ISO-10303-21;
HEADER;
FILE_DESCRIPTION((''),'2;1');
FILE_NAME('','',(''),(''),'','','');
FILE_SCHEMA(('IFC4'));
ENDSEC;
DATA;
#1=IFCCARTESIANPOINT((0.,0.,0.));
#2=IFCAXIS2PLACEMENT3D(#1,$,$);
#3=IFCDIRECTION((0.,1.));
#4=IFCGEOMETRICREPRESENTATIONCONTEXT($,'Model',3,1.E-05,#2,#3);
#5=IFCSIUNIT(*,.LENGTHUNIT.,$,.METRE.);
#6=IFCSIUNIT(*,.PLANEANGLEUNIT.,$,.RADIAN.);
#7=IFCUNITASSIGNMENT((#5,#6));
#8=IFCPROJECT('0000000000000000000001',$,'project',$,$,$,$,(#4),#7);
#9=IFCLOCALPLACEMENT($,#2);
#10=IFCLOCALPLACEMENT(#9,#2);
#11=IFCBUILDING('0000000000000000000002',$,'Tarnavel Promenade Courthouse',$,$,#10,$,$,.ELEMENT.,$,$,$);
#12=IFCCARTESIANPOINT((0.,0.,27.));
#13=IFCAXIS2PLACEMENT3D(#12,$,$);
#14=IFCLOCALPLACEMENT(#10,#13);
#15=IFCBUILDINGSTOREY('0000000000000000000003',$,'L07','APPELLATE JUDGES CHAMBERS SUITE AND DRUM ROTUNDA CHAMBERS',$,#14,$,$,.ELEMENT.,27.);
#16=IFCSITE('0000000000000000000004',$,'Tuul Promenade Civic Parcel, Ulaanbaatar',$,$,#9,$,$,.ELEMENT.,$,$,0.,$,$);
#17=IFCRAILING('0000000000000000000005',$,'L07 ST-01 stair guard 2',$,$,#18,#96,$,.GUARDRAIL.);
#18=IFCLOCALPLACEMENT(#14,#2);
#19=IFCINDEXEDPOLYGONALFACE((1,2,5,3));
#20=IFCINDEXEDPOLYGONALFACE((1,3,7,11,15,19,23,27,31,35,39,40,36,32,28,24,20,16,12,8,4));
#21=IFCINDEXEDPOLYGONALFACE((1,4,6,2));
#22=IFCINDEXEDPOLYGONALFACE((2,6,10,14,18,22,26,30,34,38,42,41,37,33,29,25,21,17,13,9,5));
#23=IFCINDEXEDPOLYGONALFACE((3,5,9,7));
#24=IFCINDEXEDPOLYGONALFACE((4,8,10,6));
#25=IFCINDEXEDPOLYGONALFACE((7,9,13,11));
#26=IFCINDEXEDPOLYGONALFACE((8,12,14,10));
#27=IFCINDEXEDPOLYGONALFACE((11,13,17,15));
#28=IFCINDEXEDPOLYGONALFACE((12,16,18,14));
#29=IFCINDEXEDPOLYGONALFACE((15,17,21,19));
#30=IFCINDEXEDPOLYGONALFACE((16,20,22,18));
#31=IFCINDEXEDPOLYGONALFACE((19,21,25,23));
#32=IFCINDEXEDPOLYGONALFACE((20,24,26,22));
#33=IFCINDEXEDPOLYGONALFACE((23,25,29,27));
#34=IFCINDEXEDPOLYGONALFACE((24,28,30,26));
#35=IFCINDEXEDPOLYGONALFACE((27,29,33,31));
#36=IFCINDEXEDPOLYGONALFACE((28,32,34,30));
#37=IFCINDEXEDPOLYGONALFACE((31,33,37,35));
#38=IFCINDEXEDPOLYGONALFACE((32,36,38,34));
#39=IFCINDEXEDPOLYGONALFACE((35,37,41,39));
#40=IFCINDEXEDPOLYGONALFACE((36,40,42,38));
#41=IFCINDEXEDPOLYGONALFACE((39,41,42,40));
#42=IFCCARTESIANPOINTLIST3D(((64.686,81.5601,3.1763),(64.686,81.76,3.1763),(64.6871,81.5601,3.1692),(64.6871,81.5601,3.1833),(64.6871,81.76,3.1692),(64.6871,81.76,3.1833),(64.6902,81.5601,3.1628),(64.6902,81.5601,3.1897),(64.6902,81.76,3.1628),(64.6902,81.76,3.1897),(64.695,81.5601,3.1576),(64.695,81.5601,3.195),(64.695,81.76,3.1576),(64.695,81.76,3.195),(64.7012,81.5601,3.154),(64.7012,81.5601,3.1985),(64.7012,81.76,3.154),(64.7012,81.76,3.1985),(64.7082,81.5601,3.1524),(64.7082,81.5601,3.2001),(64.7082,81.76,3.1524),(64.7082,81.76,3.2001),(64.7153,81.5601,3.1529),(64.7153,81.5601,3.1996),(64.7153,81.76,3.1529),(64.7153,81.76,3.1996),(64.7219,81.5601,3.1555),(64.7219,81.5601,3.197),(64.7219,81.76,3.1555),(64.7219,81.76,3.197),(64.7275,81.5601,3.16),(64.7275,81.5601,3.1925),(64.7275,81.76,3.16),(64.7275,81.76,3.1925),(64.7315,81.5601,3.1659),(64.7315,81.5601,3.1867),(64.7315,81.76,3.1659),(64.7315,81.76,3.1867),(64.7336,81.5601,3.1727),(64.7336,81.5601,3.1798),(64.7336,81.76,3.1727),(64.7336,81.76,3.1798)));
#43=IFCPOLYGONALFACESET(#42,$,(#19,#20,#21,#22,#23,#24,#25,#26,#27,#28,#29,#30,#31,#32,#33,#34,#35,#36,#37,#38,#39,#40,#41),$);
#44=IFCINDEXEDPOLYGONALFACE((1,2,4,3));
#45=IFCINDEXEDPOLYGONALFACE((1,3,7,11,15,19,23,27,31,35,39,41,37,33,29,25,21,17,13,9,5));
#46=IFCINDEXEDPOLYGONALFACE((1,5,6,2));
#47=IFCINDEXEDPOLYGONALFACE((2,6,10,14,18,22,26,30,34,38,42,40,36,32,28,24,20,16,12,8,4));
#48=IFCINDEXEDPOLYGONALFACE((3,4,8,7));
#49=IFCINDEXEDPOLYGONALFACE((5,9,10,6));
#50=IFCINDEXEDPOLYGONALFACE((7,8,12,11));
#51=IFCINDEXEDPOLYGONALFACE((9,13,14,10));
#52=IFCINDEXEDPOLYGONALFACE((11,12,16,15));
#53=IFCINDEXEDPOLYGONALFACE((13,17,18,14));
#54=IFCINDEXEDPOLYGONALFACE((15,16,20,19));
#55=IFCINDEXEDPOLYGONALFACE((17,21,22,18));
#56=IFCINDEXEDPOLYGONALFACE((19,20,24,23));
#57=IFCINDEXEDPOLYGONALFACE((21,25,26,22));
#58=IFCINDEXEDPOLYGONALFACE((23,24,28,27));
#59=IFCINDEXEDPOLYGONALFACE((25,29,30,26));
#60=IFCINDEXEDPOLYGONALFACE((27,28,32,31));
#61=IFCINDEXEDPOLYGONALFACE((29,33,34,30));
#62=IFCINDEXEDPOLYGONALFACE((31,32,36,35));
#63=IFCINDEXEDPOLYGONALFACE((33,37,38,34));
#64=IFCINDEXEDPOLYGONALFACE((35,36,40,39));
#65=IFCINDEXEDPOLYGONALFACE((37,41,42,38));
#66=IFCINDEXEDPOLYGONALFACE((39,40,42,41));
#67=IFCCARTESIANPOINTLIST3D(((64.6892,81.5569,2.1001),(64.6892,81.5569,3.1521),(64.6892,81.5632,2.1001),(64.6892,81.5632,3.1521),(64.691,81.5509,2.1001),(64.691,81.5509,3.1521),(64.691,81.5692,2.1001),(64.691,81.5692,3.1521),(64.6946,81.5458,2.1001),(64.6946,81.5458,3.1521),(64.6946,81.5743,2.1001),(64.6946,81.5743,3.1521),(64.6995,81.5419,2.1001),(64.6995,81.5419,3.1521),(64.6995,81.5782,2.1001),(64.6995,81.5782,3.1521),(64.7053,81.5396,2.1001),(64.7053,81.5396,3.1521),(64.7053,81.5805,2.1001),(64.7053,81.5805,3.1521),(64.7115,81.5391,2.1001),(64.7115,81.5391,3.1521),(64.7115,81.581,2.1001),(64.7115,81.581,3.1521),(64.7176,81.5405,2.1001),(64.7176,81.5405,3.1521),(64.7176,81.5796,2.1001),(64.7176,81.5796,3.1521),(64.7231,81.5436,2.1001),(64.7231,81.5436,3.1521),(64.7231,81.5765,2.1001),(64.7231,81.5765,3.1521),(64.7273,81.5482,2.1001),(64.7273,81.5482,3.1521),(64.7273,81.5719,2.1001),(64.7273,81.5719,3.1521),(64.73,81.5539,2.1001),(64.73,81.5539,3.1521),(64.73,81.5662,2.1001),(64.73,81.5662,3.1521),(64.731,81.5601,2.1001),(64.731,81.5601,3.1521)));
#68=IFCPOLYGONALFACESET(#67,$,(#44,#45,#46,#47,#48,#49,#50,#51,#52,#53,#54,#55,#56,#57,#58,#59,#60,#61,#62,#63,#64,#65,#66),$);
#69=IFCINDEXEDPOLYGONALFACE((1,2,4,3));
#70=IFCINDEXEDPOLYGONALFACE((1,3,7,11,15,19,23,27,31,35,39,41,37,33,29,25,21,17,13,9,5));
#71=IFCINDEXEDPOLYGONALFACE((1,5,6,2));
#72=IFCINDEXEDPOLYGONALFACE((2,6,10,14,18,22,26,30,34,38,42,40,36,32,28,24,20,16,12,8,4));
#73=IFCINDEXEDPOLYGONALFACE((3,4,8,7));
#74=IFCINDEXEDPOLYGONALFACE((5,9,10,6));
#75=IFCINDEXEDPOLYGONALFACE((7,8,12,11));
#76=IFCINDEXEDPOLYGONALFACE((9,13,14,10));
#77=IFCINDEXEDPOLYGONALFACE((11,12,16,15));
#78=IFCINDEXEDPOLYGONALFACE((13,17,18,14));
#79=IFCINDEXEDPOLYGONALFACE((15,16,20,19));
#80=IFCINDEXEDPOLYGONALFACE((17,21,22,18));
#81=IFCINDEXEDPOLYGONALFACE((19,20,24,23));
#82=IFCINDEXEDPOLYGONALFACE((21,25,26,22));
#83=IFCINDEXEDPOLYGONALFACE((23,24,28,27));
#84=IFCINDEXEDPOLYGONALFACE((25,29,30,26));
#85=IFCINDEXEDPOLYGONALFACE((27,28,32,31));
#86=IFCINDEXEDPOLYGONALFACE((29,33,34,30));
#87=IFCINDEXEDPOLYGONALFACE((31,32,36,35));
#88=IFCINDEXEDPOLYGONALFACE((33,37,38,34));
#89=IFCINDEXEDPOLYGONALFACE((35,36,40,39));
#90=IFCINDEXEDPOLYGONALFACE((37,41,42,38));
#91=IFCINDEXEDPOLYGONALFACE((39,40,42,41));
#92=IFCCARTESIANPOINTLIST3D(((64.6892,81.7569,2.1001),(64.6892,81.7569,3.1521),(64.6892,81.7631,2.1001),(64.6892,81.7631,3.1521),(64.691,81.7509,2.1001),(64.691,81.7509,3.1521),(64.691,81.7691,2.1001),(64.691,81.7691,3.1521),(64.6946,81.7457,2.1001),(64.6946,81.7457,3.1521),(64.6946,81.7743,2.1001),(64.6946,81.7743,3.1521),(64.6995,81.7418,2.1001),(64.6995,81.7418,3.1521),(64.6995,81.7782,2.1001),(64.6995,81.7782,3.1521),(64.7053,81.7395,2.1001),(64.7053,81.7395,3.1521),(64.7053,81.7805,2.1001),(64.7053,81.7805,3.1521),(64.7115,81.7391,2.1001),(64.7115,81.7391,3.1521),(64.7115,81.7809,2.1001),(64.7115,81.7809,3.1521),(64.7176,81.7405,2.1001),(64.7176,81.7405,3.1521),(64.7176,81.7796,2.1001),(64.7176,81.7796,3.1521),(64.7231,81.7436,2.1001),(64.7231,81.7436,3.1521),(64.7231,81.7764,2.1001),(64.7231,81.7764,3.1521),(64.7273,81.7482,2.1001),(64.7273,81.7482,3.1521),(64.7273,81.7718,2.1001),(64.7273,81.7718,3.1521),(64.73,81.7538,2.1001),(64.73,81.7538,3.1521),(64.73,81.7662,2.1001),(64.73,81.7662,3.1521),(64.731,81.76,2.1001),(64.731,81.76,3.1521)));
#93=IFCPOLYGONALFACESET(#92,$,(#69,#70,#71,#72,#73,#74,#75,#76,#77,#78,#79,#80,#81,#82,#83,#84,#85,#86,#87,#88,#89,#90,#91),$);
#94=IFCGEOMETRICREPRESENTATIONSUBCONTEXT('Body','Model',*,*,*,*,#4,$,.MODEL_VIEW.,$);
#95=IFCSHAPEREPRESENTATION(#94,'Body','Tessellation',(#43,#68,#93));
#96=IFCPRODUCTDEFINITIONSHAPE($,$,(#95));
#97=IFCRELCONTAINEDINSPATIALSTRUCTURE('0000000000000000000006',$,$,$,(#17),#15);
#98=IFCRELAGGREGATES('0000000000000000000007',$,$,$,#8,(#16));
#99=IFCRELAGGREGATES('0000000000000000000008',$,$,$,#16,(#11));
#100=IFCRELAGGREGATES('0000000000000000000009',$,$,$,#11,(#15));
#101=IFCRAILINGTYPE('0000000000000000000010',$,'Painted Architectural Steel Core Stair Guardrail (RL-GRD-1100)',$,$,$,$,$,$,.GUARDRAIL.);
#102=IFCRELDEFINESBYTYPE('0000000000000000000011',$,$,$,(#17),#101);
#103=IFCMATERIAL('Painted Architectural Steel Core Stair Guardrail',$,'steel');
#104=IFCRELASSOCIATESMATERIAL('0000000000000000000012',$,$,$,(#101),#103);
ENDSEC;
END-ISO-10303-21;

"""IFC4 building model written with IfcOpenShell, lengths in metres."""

from ifc_helpers import new_model, si_unit, direction, frame, origin, origin_2d, place, context, subcontext, project, spatial, circle, extrude, material, type_object, element, save


model = new_model("IFC4")

# Units and contexts
model_context = context("Model", 3, precision=1e-05, world=origin(), true_north=direction((0.0, 1.0)))
body_context = subcontext(model_context, "Body", "Model", "MODEL_VIEW")
ifc_project = project(units=[si_unit("LENGTHUNIT", "METRE"), si_unit("PLANEANGLEUNIT", "RADIAN")], contexts=[model_context])

# Site, building, storey
site_placement = place(None, origin())
site = spatial("IfcSite", under=ifc_project, at=site_placement, Name="Tuul Promenade Civic Parcel, Ulaanbaatar", CompositionType="ELEMENT", RefElevation=0.0)
building_placement = place(site_placement, origin())
building = spatial("IfcBuilding", under=site, at=building_placement, Name="Tarnavel Promenade Courthouse", CompositionType="ELEMENT")
storey_placement = place(building_placement, frame((0.0, 0.0, 27.0)))
storey = spatial("IfcBuildingStorey", under=building, at=storey_placement, Name="L07", Description="APPELLATE JUDGES CHAMBERS SUITE AND DRUM ROTUNDA CHAMBERS", CompositionType="ELEMENT", Elevation=27.0)

# Railing
ifc_material_1 = material(Name="Painted Architectural Steel Core Stair Guardrail", Category="steel")
railing_type_1 = type_object("IfcRailingType", Name="Painted Architectural Steel Core Stair Guardrail (RL-GRD-1100)", PredefinedType="GUARDRAIL", material=ifc_material_1)
railing_1_placement = place(storey_placement, frame((64.71, 81.5601, 2.1001)))
element("IfcRailing", 1, at=railing_1_placement, inside=storey, type_object=railing_type_1, Name="L07 ST-01 stair guard 2", PredefinedType="GUARDRAIL", context=body_context, shape_type="SweptSolid", body=[
    extrude(circle(Radius=0.0239, at=origin_2d()), frame((0.0, 0.0, 1.0762), z_axis=(0.0, 1.0, 0.0), x_axis=(-1.0, 0.0, 0.0)), (0.0, 0.0, 1.0), 0.2),
    extrude(circle(Radius=0.021, at=origin_2d()), origin(), (0.0, 0.0, 1.0), 1.052),
    extrude(circle(Radius=0.021, at=origin_2d()), frame((0.0, 0.2, 0.0)), (0.0, 0.0, 1.0), 1.052),
])

save(model, "model.ifc")
